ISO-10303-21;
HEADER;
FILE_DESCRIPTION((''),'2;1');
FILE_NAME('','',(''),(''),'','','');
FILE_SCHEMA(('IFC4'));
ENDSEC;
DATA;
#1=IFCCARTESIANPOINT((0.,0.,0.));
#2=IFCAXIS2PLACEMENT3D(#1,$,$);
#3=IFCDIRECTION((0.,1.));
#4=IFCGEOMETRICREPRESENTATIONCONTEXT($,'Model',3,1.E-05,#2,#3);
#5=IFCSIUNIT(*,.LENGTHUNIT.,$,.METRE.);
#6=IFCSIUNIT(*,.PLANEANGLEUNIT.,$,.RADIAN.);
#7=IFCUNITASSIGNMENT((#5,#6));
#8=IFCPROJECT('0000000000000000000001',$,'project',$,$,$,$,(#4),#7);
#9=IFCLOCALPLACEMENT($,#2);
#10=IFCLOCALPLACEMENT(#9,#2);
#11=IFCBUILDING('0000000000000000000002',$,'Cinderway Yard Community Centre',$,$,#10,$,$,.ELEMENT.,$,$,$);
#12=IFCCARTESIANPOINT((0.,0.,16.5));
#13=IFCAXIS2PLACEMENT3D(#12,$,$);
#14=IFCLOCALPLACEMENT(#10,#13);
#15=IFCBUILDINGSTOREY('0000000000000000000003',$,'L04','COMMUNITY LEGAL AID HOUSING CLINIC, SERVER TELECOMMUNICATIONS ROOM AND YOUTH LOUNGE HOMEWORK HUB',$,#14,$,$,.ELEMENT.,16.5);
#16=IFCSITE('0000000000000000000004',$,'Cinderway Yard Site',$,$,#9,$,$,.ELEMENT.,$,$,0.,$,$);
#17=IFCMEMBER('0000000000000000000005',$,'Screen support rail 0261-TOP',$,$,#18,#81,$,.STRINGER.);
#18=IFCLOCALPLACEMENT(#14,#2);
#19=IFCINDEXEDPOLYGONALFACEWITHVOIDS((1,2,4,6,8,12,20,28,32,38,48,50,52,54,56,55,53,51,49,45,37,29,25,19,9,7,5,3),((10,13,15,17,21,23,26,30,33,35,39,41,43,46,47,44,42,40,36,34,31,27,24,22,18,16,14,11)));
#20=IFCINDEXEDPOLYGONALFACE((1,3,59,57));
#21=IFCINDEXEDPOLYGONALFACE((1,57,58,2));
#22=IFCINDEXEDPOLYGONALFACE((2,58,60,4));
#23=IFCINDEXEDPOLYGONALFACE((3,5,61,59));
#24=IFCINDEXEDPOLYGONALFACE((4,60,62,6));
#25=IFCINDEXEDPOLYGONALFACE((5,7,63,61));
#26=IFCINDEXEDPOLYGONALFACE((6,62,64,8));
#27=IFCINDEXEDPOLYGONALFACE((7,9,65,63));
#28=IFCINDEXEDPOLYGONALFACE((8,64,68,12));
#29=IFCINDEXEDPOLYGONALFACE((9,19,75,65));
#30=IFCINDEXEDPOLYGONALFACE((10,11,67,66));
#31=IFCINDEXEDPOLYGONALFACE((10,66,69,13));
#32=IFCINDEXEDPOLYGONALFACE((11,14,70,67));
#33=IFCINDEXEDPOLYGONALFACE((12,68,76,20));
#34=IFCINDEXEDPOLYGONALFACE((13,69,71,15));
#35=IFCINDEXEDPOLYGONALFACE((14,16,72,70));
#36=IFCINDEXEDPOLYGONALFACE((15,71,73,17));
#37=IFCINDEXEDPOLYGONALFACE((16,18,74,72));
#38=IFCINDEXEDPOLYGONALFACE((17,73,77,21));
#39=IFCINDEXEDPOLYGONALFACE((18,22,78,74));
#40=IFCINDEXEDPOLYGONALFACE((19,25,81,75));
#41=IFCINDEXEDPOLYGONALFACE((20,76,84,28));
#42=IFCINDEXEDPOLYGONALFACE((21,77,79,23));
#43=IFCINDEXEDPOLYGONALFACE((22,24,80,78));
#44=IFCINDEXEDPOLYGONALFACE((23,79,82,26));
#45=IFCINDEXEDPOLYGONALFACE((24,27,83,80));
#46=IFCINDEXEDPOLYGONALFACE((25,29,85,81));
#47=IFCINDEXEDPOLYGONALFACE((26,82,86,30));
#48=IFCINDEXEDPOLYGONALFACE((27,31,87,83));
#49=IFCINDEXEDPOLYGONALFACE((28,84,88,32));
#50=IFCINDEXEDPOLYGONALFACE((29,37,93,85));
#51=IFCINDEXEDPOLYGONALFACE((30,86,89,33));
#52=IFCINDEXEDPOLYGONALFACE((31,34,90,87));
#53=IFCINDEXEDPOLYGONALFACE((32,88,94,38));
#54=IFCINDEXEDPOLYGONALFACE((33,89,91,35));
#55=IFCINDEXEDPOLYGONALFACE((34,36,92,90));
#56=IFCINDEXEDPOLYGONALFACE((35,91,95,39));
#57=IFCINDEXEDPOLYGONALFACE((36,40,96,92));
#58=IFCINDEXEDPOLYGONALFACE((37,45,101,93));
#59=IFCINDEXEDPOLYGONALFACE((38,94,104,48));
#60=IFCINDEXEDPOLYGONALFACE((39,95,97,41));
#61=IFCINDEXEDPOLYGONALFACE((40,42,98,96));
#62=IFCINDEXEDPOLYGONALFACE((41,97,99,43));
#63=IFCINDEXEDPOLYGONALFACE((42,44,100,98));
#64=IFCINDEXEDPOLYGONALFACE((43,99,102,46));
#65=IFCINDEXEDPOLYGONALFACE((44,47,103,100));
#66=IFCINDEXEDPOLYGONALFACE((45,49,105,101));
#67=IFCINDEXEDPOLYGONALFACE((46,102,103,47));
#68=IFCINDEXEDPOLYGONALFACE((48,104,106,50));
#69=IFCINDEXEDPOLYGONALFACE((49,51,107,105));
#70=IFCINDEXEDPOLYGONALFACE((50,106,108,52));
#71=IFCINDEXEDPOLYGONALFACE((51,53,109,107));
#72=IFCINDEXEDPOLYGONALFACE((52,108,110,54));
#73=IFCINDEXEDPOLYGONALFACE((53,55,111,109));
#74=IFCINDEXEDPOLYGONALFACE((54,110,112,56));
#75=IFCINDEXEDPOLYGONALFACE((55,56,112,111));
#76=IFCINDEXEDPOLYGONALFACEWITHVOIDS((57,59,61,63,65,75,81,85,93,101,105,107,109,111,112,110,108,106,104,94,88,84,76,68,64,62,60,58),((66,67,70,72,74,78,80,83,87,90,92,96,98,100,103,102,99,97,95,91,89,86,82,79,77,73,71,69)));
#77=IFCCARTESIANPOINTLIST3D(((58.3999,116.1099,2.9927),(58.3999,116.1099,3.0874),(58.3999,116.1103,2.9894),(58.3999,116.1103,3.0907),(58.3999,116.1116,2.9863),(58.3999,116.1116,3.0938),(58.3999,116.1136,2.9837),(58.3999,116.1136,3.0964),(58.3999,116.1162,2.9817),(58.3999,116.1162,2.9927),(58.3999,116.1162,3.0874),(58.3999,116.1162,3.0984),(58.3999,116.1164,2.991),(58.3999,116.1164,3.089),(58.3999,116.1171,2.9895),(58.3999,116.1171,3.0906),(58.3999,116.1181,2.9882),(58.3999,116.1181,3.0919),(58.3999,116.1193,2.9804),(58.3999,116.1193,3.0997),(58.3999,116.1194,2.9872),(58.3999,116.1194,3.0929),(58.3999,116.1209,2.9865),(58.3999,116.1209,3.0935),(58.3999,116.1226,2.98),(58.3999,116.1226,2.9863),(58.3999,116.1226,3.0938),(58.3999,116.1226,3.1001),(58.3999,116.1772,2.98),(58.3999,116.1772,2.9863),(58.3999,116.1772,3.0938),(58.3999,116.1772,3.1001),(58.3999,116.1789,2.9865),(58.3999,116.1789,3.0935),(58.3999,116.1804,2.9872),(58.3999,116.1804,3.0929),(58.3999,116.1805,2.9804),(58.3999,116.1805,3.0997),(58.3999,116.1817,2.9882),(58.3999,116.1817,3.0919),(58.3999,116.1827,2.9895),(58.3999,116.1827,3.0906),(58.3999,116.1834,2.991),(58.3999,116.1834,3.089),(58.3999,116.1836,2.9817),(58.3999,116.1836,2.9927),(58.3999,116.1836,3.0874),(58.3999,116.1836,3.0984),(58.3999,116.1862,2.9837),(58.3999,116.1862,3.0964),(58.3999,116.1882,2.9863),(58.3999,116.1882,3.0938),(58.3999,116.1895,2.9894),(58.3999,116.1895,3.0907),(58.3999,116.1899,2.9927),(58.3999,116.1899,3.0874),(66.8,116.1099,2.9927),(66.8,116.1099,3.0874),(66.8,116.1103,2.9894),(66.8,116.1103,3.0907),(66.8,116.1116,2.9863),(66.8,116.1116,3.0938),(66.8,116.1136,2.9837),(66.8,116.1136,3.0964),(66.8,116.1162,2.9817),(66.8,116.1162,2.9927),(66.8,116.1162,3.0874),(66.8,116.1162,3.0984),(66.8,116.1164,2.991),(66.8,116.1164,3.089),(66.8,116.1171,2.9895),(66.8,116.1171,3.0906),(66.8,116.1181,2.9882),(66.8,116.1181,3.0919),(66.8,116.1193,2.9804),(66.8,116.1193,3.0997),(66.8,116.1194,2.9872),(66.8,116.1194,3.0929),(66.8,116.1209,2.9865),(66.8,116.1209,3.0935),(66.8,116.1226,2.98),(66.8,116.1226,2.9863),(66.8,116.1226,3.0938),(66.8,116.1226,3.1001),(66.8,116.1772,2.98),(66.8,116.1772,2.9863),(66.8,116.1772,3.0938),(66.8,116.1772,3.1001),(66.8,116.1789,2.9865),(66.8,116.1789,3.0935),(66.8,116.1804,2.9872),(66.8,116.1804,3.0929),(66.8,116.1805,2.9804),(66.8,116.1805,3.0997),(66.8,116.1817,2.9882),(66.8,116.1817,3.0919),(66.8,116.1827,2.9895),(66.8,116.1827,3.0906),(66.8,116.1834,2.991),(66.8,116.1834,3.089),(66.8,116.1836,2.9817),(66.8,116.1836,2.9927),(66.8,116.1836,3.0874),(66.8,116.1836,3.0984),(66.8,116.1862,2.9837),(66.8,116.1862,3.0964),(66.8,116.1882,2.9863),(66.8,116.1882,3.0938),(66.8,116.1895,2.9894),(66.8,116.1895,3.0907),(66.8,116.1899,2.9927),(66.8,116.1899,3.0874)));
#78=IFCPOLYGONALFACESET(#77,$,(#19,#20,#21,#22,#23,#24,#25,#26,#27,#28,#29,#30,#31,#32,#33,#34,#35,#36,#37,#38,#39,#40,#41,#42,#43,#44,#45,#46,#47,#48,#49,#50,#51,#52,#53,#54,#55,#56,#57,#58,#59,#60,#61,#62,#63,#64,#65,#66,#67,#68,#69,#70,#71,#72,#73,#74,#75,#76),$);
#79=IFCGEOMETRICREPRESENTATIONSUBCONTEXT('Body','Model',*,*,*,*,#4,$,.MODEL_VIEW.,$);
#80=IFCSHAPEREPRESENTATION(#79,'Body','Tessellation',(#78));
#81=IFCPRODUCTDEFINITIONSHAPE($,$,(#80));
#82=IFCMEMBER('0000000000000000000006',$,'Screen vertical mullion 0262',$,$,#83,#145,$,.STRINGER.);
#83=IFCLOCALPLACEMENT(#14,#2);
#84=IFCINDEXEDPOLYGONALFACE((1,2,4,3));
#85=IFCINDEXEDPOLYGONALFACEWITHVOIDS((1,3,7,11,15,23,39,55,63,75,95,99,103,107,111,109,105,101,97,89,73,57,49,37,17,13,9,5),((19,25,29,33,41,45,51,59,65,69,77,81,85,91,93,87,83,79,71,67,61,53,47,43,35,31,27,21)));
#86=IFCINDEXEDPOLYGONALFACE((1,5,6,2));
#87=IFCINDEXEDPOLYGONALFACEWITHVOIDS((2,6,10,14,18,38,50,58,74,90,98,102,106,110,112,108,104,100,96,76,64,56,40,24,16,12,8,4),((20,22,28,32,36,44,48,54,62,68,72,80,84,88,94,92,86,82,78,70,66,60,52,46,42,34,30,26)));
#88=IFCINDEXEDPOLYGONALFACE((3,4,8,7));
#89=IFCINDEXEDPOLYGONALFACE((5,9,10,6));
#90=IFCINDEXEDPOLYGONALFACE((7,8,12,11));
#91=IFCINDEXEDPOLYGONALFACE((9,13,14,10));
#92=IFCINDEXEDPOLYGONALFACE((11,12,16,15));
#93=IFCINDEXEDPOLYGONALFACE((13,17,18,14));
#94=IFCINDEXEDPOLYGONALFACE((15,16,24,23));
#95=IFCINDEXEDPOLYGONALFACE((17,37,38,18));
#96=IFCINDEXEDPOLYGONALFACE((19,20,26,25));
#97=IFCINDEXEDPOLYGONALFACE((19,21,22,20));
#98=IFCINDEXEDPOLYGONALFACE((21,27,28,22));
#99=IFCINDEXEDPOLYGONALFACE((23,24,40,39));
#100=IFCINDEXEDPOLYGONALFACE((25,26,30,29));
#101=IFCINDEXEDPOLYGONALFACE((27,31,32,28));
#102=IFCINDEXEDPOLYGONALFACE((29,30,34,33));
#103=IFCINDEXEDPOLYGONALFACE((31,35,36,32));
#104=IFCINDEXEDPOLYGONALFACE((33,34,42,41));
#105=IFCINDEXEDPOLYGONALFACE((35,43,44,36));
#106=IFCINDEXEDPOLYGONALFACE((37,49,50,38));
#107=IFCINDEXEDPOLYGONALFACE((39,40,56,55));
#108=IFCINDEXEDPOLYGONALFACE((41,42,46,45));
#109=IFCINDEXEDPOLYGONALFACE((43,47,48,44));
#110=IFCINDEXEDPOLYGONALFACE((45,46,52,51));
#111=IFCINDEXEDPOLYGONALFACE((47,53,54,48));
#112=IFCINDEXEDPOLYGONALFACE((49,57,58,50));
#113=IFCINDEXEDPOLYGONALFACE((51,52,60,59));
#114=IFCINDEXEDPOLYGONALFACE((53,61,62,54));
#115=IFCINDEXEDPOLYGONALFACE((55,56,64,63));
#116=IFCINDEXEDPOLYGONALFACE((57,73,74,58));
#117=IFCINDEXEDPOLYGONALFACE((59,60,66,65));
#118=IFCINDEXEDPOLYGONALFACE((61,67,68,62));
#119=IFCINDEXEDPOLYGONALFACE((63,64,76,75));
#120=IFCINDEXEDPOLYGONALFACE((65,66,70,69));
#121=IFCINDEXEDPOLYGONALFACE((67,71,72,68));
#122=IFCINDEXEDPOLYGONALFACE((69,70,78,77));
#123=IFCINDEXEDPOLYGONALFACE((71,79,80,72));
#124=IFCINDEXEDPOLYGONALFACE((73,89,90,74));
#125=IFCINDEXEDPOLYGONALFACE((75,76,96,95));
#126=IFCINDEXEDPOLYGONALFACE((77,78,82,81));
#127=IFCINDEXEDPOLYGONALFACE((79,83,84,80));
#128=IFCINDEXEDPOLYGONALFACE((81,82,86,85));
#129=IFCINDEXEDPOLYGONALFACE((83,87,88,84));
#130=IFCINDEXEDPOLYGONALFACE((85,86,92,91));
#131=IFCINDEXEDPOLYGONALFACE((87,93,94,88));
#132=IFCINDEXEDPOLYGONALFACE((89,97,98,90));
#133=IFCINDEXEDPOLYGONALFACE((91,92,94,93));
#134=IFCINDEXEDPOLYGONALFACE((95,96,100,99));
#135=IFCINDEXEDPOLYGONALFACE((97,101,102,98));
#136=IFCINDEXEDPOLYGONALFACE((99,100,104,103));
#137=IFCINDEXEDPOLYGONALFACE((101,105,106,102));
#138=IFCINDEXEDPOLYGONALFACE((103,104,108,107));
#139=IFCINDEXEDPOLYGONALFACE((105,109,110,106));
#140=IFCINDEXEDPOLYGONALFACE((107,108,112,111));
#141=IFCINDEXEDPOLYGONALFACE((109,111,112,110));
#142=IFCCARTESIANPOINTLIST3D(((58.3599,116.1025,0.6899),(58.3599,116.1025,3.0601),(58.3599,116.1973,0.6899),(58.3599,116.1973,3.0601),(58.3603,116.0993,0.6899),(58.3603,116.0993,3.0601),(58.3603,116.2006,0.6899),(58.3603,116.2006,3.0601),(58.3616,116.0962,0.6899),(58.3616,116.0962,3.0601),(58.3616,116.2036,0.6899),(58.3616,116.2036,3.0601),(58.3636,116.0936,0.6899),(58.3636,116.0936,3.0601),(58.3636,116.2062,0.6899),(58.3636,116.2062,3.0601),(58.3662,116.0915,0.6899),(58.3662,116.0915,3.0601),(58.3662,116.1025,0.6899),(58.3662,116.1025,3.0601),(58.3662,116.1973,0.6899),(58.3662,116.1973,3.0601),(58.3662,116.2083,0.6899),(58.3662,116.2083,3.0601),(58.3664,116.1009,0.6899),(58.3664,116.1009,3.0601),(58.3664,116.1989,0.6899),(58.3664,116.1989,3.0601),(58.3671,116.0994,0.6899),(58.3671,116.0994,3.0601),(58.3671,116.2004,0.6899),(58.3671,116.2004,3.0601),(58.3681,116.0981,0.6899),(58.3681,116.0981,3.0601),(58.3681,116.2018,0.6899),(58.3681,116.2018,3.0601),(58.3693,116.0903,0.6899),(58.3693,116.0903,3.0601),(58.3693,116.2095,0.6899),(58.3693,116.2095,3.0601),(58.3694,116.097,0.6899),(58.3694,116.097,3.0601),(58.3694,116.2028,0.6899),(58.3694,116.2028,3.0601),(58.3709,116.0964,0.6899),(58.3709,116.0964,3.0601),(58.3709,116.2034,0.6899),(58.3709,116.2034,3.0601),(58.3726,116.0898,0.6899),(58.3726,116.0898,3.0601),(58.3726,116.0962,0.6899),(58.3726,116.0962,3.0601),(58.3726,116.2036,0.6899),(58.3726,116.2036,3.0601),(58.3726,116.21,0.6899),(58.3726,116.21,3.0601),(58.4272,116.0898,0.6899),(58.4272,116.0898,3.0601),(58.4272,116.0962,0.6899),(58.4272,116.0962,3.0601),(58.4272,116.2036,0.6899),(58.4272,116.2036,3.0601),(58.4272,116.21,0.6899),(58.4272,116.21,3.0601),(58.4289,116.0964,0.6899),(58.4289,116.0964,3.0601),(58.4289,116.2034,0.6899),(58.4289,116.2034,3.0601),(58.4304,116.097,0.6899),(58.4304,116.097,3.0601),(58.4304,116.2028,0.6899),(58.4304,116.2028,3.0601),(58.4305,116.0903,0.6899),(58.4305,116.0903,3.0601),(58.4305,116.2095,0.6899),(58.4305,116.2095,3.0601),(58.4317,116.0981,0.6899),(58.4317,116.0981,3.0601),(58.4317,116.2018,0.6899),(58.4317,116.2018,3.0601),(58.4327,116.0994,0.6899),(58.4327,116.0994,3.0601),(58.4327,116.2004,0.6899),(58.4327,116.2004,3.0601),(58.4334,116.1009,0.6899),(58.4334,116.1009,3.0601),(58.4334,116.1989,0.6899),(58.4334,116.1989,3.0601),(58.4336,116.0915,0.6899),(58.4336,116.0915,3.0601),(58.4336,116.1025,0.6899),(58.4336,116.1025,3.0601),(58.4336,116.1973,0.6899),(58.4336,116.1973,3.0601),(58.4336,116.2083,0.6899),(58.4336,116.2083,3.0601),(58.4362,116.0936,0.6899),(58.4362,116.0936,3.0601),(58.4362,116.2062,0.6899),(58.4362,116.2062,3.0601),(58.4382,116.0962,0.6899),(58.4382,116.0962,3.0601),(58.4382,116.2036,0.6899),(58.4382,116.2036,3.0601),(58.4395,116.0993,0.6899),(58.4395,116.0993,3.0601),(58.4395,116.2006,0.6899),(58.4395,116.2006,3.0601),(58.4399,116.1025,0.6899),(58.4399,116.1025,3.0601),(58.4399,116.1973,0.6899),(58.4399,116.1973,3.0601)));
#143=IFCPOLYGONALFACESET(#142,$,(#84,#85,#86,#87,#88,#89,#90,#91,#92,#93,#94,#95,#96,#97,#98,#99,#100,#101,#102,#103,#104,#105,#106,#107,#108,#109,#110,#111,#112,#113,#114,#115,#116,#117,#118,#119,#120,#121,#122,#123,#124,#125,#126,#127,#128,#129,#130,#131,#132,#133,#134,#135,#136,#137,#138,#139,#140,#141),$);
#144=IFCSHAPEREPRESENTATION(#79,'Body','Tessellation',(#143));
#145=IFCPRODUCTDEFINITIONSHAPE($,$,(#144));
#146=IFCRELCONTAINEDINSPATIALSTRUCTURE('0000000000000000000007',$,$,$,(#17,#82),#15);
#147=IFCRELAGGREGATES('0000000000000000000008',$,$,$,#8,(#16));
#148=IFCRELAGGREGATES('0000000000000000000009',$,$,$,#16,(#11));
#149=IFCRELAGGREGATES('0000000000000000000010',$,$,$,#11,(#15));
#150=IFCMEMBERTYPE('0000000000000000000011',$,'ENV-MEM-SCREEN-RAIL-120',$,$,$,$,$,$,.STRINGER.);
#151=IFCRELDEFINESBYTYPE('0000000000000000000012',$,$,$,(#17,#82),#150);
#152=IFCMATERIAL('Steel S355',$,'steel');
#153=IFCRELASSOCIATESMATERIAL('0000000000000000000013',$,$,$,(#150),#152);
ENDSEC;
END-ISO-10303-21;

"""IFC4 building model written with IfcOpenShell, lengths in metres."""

from ifc_helpers import new_model, si_unit, direction, frame, origin, origin_2d, place, context, subcontext, project, spatial, hollow_rectangle, extrude, material, material_profile, profile_set, type_object, element, save


model = new_model("IFC4")

# Units and contexts
model_context = context("Model", 3, precision=1e-05, world=origin(), true_north=direction((0.0, 1.0)))
body_context = subcontext(model_context, "Body", "Model", "MODEL_VIEW")
ifc_project = project(units=[si_unit("LENGTHUNIT", "METRE"), si_unit("PLANEANGLEUNIT", "RADIAN")], contexts=[model_context])

# Site, building, storey
site_placement = place(None, origin())
site = spatial("IfcSite", under=ifc_project, at=site_placement, Name="Cinderway Yard Site", CompositionType="ELEMENT", RefElevation=0.0)
building_placement = place(site_placement, origin())
building = spatial("IfcBuilding", under=site, at=building_placement, Name="Cinderway Yard Community Centre", CompositionType="ELEMENT")
storey_placement = place(building_placement, frame((0.0, 0.0, 16.5)))
storey = spatial("IfcBuildingStorey", under=building, at=storey_placement, Name="L04", Description="COMMUNITY LEGAL AID HOUSING CLINIC, SERVER TELECOMMUNICATIONS ROOM AND YOUTH LOUNGE HOMEWORK HUB", CompositionType="ELEMENT", Elevation=16.5)

# Members
ifc_material_1 = material(Name="Steel S355", Category="steel")
ifc_material_profile = material_profile(ifc_material_1, hollow_rectangle(XDim=0.0801, YDim=0.1201, WallThickness=0.0063, InnerFilletRadius=0.0063, OuterFilletRadius=0.0127, at=origin_2d()), Name="Steel S355")
ifc_profile_set = profile_set([ifc_material_profile], Name="Steel S355")
member_type = type_object("IfcMemberType", Name="ENV-MEM-SCREEN-RAIL-120", PredefinedType="STRINGER", material=ifc_profile_set)
member_placement = place(storey_placement, frame((58.3999, 116.1499, 3.04), z_axis=(1.0, 0.0, 0.0), x_axis=(0.0, 1.0, 0.0)))
element("IfcMember", 1, at=member_placement, inside=storey, type_object=member_type, Name="Screen support rail 0261-TOP", PredefinedType="STRINGER", context=body_context, shape_type="SweptSolid", body=[
    extrude(hollow_rectangle(XDim=0.0801, YDim=0.1201, WallThickness=0.0063, InnerFilletRadius=0.0063, OuterFilletRadius=0.0127, at=origin_2d()), origin(), (0.0, 0.0, 1.0), 8.4001),
])
for number, where, z_axis, x_axis, name in (
    (2, (58.3999, 116.1499, 0.6899), (0.0, 0.0, 1.0), (1.0, 0.0, 0.0), "Screen vertical mullion 0262"),
):
    element("IfcMember", number, at=place(storey_placement, frame(where, z_axis=z_axis, x_axis=x_axis)), inside=storey, type_object=member_type, Name=name, PredefinedType="STRINGER", context=body_context, shape_type="SweptSolid", body=[
        extrude(hollow_rectangle(XDim=0.0801, YDim=0.1201, WallThickness=0.0063, InnerFilletRadius=0.0063, OuterFilletRadius=0.0127, at=origin_2d()), origin(), (0.0, 0.0, 1.0), 2.3701),
    ])

save(model, "model.ifc")
